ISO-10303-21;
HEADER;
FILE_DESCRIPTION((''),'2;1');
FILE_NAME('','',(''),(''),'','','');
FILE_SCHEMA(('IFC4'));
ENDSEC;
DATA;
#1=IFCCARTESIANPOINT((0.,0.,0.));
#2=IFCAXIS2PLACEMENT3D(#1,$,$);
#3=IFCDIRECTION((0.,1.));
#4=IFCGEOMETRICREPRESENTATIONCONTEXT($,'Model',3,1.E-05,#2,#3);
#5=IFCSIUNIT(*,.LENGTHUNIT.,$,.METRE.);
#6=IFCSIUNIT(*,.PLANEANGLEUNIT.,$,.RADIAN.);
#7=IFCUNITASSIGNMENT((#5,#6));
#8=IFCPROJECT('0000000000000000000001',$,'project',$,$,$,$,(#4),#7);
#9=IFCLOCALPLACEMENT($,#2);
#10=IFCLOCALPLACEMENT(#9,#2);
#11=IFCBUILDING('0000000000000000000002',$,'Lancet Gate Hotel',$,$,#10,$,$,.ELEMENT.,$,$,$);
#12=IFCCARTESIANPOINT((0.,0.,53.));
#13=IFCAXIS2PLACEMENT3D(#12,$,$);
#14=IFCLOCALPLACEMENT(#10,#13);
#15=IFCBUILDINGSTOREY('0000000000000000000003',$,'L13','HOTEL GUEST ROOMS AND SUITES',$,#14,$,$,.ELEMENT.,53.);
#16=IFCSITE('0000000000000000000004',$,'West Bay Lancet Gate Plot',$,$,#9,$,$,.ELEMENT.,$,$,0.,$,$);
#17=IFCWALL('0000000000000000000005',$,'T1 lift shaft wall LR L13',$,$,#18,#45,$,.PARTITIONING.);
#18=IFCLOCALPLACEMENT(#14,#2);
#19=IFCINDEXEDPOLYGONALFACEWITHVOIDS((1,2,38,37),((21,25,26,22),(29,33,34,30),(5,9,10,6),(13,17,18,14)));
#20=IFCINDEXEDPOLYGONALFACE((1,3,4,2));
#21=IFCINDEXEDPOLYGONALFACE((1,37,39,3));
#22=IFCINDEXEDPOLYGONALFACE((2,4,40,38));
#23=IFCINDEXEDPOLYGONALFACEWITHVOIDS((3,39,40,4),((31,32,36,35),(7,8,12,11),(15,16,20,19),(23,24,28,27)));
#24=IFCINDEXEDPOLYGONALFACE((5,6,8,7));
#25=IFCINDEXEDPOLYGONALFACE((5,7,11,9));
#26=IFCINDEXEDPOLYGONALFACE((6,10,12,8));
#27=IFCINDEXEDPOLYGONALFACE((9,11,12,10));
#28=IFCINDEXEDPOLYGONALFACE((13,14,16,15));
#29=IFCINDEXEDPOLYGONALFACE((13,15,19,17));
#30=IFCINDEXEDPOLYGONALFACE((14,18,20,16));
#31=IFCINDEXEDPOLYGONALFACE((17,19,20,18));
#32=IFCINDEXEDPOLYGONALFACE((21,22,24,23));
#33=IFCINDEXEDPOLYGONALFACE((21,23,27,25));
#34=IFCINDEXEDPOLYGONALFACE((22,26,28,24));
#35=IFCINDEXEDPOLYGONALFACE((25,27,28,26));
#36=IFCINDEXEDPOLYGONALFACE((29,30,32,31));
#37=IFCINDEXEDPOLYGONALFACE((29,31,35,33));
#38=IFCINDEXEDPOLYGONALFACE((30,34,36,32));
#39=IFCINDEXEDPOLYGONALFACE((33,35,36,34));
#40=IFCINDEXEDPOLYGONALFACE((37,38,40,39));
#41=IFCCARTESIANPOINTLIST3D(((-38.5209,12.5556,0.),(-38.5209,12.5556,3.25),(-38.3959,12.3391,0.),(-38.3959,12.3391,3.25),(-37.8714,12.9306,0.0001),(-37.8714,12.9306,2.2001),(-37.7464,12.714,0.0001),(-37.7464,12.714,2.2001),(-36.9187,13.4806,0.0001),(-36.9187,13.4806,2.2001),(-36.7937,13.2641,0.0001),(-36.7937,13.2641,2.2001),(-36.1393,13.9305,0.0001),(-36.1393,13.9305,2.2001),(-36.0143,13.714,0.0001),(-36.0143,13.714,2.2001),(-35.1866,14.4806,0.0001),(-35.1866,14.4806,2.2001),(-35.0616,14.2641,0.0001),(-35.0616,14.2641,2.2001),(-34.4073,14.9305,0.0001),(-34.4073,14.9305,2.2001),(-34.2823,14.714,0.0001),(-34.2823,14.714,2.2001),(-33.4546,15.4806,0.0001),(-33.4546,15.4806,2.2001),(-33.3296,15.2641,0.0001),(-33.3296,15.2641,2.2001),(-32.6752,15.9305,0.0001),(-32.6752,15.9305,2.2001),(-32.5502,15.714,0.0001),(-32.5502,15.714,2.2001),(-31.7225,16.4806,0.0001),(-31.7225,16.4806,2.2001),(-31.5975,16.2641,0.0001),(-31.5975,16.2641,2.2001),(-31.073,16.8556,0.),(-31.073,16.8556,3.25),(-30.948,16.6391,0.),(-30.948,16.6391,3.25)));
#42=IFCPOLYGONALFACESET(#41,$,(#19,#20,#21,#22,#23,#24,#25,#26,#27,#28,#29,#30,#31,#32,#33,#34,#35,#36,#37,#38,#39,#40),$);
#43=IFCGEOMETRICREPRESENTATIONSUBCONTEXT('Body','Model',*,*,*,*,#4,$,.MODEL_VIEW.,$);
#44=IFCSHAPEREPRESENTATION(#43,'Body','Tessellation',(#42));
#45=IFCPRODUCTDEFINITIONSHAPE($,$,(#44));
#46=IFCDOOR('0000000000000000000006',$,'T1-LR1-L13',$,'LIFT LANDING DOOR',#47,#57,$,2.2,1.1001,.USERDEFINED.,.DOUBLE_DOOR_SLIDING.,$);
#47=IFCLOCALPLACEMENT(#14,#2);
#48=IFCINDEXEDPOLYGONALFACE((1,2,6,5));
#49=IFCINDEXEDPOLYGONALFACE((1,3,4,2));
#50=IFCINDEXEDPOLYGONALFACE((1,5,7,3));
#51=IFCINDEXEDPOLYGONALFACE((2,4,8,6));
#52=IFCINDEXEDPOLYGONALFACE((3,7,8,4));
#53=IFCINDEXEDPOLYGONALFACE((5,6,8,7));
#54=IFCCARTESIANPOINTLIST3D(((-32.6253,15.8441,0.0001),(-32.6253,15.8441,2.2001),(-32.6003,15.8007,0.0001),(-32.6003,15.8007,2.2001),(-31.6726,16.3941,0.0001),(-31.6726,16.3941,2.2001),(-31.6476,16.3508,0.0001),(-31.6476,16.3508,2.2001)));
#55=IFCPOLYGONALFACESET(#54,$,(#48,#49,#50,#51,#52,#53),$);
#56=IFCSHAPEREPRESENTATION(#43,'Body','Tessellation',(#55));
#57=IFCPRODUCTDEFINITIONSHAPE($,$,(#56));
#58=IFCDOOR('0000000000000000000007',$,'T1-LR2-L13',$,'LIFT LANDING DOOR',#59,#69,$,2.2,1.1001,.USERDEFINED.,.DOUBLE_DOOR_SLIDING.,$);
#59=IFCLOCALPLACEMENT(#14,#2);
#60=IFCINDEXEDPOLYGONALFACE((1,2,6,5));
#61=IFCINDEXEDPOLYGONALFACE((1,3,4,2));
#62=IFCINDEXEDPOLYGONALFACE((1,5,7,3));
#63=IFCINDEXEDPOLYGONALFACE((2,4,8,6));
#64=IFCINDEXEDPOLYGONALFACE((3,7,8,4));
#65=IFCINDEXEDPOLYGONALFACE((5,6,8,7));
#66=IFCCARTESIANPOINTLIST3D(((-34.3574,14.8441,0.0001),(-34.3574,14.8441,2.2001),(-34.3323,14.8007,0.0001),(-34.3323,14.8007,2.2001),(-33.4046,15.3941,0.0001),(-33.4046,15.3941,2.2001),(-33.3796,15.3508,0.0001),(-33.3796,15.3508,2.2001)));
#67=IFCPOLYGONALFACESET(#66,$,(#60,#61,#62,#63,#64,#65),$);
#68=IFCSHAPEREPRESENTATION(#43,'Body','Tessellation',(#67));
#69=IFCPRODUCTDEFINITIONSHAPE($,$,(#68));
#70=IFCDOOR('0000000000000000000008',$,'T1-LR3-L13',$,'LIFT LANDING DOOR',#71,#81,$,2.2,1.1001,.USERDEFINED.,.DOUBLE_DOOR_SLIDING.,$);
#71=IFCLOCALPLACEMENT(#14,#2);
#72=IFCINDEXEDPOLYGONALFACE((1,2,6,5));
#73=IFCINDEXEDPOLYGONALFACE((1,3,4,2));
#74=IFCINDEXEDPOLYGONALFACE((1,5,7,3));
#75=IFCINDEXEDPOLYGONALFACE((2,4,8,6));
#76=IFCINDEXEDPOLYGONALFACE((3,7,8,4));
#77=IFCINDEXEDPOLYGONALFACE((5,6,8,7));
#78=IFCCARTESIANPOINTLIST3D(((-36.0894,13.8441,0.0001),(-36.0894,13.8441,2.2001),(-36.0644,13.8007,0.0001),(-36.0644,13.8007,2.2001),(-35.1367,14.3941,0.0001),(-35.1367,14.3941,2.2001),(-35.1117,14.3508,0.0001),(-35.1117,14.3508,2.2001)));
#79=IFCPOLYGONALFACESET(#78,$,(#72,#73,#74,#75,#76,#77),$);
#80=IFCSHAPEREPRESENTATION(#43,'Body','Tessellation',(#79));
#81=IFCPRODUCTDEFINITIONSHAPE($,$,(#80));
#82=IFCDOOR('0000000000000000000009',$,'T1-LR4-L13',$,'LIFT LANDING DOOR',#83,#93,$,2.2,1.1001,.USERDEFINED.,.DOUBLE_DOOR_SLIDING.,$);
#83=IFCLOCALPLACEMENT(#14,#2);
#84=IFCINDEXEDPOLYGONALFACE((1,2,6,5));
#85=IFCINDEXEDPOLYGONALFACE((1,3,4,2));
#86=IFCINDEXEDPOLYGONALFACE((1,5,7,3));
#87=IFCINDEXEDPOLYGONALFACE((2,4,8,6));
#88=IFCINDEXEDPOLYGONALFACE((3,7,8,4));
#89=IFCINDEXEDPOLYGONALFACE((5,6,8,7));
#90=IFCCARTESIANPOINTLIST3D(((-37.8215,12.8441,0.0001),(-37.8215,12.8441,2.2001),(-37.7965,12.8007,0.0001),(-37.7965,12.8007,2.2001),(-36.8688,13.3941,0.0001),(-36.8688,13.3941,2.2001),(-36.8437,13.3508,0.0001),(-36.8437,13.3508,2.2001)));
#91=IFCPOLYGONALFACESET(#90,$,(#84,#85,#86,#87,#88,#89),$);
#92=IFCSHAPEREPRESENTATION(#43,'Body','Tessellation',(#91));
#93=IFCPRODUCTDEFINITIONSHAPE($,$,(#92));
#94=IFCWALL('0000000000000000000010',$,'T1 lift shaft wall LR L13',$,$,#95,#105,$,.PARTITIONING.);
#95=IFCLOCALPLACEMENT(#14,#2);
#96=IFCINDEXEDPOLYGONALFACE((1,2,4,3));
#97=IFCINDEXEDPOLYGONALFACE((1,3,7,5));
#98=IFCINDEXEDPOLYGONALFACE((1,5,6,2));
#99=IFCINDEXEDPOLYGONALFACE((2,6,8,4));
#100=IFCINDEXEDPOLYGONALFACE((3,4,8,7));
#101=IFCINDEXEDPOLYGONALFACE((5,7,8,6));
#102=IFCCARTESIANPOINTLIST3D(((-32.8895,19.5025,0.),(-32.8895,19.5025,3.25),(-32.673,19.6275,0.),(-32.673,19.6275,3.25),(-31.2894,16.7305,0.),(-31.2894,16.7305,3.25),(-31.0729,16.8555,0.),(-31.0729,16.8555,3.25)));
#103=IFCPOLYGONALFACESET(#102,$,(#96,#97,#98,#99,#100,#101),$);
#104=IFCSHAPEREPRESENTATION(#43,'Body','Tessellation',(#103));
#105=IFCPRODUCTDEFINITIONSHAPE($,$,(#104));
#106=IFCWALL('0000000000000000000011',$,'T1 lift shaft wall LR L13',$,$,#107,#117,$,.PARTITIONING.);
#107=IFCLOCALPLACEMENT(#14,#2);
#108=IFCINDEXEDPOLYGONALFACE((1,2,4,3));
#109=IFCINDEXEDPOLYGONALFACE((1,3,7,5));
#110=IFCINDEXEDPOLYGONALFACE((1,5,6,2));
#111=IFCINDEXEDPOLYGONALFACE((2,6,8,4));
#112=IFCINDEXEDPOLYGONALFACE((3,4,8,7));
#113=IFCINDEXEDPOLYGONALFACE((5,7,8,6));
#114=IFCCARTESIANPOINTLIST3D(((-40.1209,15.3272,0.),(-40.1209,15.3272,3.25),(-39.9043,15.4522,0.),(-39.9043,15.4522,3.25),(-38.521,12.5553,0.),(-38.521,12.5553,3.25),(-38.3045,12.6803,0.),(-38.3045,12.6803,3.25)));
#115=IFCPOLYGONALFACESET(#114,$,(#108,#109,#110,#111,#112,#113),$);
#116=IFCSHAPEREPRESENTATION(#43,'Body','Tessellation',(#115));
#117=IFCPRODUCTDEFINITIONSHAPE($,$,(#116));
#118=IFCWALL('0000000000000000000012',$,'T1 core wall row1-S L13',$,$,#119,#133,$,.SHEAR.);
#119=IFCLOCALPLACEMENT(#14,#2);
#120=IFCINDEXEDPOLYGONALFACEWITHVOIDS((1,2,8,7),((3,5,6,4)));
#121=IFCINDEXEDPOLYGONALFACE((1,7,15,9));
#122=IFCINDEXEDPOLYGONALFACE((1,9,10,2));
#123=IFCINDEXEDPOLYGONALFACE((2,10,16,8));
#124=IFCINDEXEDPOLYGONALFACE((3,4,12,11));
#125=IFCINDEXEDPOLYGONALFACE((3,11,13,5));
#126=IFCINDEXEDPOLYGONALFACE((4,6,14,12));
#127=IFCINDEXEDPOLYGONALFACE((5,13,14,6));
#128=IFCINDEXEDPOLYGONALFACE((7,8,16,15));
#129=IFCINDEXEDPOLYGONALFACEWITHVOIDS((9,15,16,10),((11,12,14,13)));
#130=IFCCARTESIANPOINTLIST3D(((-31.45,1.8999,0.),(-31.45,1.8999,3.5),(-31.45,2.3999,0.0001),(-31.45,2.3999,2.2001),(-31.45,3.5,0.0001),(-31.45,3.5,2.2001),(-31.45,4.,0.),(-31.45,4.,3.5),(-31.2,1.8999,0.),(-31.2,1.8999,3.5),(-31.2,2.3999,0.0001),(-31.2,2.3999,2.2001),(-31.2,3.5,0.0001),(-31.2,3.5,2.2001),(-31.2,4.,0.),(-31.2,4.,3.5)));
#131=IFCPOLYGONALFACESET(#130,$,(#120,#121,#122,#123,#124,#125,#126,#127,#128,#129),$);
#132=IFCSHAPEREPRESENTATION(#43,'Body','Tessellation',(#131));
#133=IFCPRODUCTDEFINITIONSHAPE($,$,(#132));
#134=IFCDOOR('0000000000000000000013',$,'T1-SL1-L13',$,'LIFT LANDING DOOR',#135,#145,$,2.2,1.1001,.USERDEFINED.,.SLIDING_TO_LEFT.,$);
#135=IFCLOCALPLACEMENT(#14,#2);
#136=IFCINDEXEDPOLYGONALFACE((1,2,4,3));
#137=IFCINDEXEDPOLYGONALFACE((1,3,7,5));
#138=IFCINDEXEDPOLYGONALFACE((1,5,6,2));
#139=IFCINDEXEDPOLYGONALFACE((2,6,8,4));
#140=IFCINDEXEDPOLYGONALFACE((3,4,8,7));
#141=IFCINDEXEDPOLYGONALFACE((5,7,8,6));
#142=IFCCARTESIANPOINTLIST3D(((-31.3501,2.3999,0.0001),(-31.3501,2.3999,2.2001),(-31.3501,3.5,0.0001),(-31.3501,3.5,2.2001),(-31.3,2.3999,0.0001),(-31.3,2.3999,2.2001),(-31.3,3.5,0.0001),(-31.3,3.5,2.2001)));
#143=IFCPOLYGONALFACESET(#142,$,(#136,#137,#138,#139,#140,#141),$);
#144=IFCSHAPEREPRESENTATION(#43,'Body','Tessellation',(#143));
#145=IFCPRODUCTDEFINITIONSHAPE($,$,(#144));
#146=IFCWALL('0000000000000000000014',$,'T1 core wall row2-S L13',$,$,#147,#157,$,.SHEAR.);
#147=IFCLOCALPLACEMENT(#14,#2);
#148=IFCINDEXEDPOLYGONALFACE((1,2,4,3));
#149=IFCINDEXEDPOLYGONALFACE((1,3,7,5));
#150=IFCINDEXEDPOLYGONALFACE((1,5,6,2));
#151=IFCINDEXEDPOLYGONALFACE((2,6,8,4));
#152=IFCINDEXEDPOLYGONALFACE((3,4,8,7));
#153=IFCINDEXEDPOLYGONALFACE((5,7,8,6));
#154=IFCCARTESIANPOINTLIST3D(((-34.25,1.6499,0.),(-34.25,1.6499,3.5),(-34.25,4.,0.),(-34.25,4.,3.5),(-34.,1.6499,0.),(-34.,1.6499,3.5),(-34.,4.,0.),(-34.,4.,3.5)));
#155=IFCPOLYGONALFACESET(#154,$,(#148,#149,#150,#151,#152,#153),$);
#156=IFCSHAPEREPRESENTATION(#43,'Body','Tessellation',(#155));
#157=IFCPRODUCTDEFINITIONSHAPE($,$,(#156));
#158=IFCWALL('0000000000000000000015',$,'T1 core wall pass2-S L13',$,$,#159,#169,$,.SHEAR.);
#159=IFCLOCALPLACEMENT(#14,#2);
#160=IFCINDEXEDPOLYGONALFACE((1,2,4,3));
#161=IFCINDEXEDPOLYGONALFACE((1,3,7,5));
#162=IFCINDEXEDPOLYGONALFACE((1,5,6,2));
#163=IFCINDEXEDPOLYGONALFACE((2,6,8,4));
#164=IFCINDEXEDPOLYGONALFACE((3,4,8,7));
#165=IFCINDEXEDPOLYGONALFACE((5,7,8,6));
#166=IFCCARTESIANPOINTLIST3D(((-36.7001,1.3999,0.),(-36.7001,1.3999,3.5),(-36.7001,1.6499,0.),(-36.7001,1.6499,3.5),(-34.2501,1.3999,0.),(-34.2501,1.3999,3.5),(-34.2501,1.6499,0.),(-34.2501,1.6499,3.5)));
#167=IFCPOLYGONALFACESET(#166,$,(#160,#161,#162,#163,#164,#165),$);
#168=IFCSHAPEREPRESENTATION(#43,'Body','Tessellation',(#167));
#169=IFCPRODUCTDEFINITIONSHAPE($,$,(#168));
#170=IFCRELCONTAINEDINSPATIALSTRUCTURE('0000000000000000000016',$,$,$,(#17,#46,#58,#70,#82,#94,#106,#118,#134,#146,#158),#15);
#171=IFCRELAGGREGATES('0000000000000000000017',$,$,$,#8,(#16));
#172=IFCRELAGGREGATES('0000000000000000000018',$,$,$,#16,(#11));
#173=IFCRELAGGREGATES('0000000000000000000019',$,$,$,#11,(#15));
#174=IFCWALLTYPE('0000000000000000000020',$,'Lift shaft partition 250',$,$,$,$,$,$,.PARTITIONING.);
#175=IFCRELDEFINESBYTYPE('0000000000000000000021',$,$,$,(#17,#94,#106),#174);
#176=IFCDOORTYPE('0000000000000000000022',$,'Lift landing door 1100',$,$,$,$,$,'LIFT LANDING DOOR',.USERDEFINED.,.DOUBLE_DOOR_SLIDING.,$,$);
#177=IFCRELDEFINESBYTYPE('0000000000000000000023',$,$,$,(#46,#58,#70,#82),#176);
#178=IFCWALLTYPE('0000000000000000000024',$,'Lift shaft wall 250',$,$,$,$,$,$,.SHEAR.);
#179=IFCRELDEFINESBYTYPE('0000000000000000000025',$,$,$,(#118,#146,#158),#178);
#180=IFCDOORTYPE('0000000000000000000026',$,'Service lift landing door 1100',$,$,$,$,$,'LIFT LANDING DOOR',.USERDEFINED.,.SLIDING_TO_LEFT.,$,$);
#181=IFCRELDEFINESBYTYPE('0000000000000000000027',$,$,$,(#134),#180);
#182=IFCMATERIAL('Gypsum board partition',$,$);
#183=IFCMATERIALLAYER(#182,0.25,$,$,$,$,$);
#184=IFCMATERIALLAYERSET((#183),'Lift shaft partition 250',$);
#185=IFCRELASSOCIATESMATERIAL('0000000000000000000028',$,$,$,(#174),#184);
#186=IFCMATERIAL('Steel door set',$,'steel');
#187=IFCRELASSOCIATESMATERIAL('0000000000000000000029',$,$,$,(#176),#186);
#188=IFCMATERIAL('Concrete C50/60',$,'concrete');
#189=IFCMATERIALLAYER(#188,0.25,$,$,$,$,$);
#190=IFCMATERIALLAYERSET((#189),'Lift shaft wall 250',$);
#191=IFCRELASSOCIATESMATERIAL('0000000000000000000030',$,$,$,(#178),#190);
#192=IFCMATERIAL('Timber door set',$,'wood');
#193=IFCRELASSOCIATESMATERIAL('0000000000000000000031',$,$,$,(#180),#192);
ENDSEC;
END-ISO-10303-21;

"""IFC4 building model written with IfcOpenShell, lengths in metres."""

from ifc_helpers import new_model, si_unit, direction, frame, frame_2d, origin, place, context, subcontext, project, spatial, rectangle, extrude, material, layer, layer_set, type_object, element, fill, save


model = new_model("IFC4")

# Units and contexts
model_context = context("Model", 3, precision=1e-05, world=origin(), true_north=direction((0.0, 1.0)))
body_context = subcontext(model_context, "Body", "Model", "MODEL_VIEW")
ifc_project = project(units=[si_unit("LENGTHUNIT", "METRE"), si_unit("PLANEANGLEUNIT", "RADIAN")], contexts=[model_context])

# Site, building, storey
site_placement = place(None, origin())
site = spatial("IfcSite", under=ifc_project, at=site_placement, Name="West Bay Lancet Gate Plot", CompositionType="ELEMENT", RefElevation=0.0)
building_placement = place(site_placement, origin())
building = spatial("IfcBuilding", under=site, at=building_placement, Name="Lancet Gate Hotel", CompositionType="ELEMENT")
storey_placement = place(building_placement, frame((0.0, 0.0, 53.0)))
storey = spatial("IfcBuildingStorey", under=building, at=storey_placement, Name="L13", Description="HOTEL GUEST ROOMS AND SUITES", CompositionType="ELEMENT", Elevation=53.0)

# Wall, openings, doors
ifc_material_1 = material(Name="Gypsum board partition")
ifc_layer_1 = layer(ifc_material_1, 0.25)
ifc_layer_set_1 = layer_set([ifc_layer_1], Name="Lift shaft partition 250")
wall_type_1 = type_object("IfcWallType", Name="Lift shaft partition 250", PredefinedType="PARTITIONING", material=ifc_layer_set_1)
wall_1_placement = place(storey_placement, frame((-31.0105, 16.7473, 0.0), z_axis=(0.0, 0.0, 1.0), x_axis=(-0.866028, -0.499995, 0.0)))
wall_1 = element("IfcWall", 1, at=wall_1_placement, inside=storey, type_object=wall_type_1, Name="T1 lift shaft wall LR L13", PredefinedType="PARTITIONING", context=body_context, shape_type="SweptSolid", body=[
    extrude(rectangle(XDim=8.6001, YDim=0.25, at=frame_2d((4.3, 0.0))), origin(), (0.0, 0.0, 1.0), 3.25),
])
opening_1_placement = place(wall_1_placement, frame((0.75, 0.0, 0.0)))
opening_1 = element("IfcOpeningElement", 2, at=opening_1_placement, cuts=wall_1, PredefinedType="OPENING", context=body_context, shape_type="SweptSolid", body=[
    extrude(rectangle(XDim=1.1001, YDim=2.2, at=frame_2d((0.55, 1.1001))), frame((0.0, 0.135, 0.0), z_axis=(0.0, -1.0, 0.0), x_axis=(1.0, 0.0, 0.0)), (0.0, 0.0, 1.0), 0.27),
])
opening_2_placement = place(wall_1_placement, frame((2.75, 0.0, 0.0)))
opening_2 = element("IfcOpeningElement", 3, at=opening_2_placement, cuts=wall_1, PredefinedType="OPENING", context=body_context, shape_type="SweptSolid", body=[
    extrude(rectangle(XDim=1.1001, YDim=2.2, at=frame_2d((0.55, 1.1001))), frame((0.0, 0.135, 0.0), z_axis=(0.0, -1.0, 0.0), x_axis=(1.0, 0.0, 0.0)), (0.0, 0.0, 1.0), 0.27),
])
opening_3_placement = place(wall_1_placement, frame((4.75, 0.0, 0.0)))
opening_3 = element("IfcOpeningElement", 4, at=opening_3_placement, cuts=wall_1, PredefinedType="OPENING", context=body_context, shape_type="SweptSolid", body=[
    extrude(rectangle(XDim=1.1001, YDim=2.2, at=frame_2d((0.55, 1.1001))), frame((0.0, 0.135, 0.0), z_axis=(0.0, -1.0, 0.0), x_axis=(1.0, 0.0, 0.0)), (0.0, 0.0, 1.0), 0.27),
])
opening_4_placement = place(wall_1_placement, frame((6.75, 0.0, 0.0)))
opening_4 = element("IfcOpeningElement", 5, at=opening_4_placement, cuts=wall_1, PredefinedType="OPENING", context=body_context, shape_type="SweptSolid", body=[
    extrude(rectangle(XDim=1.1001, YDim=2.2, at=frame_2d((0.55, 1.1001))), frame((0.0, 0.135, 0.0), z_axis=(0.0, -1.0, 0.0), x_axis=(1.0, 0.0, 0.0)), (0.0, 0.0, 1.0), 0.27),
])
ifc_material_2 = material(Name="Steel door set", Category="steel")
door_type_1 = type_object("IfcDoorType", Name="Lift landing door 1100", ElementType="LIFT LANDING DOOR", OperationType="DOUBLE_DOOR_SLIDING", PredefinedType="USERDEFINED", material=ifc_material_2)
door_1_placement = place(opening_1_placement, origin())
door_1 = element("IfcDoor", 6, at=door_1_placement, inside=storey, type_object=door_type_1, Name="T1-LR1-L13", ObjectType="LIFT LANDING DOOR", OperationType="DOUBLE_DOOR_SLIDING", OverallHeight=2.2, OverallWidth=1.1001, PredefinedType="USERDEFINED", context=body_context, shape_type="SweptSolid", body=[
    extrude(rectangle(XDim=1.1001, YDim=2.2, at=frame_2d((0.55, 1.1001))), frame((0.0, 0.0249, 0.0), z_axis=(0.0, -1.0, 0.0), x_axis=(1.0, 0.0, 0.0)), (0.0, 0.0, 1.0), 0.05),
])
fill(opening_1, door_1)
door_2_placement = place(opening_2_placement, origin())
door_2 = element("IfcDoor", 7, at=door_2_placement, inside=storey, type_object=door_type_1, Name="T1-LR2-L13", ObjectType="LIFT LANDING DOOR", OperationType="DOUBLE_DOOR_SLIDING", OverallHeight=2.2, OverallWidth=1.1001, PredefinedType="USERDEFINED", context=body_context, shape_type="SweptSolid", body=[
    extrude(rectangle(XDim=1.1001, YDim=2.2, at=frame_2d((0.55, 1.1001))), frame((0.0, 0.0249, 0.0), z_axis=(0.0, -1.0, 0.0), x_axis=(1.0, 0.0, 0.0)), (0.0, 0.0, 1.0), 0.05),
])
fill(opening_2, door_2)
door_3_placement = place(opening_3_placement, origin())
door_3 = element("IfcDoor", 8, at=door_3_placement, inside=storey, type_object=door_type_1, Name="T1-LR3-L13", ObjectType="LIFT LANDING DOOR", OperationType="DOUBLE_DOOR_SLIDING", OverallHeight=2.2, OverallWidth=1.1001, PredefinedType="USERDEFINED", context=body_context, shape_type="SweptSolid", body=[
    extrude(rectangle(XDim=1.1001, YDim=2.2, at=frame_2d((0.55, 1.1001))), frame((0.0, 0.0249, 0.0), z_axis=(0.0, -1.0, 0.0), x_axis=(1.0, 0.0, 0.0)), (0.0, 0.0, 1.0), 0.05),
])
fill(opening_3, door_3)
door_4_placement = place(opening_4_placement, origin())
door_4 = element("IfcDoor", 9, at=door_4_placement, inside=storey, type_object=door_type_1, Name="T1-LR4-L13", ObjectType="LIFT LANDING DOOR", OperationType="DOUBLE_DOOR_SLIDING", OverallHeight=2.2, OverallWidth=1.1001, PredefinedType="USERDEFINED", context=body_context, shape_type="SweptSolid", body=[
    extrude(rectangle(XDim=1.1001, YDim=2.2, at=frame_2d((0.55, 1.1001))), frame((0.0, 0.0249, 0.0), z_axis=(0.0, -1.0, 0.0), x_axis=(1.0, 0.0, 0.0)), (0.0, 0.0, 1.0), 0.05),
])
fill(opening_4, door_4)

# Walls
wall_2_placement = place(storey_placement, frame((-31.1812, 16.793, 0.0), z_axis=(0.0, 0.0, 1.0), x_axis=(-0.499929, 0.866066, 0.0)))
element("IfcWall", 10, at=wall_2_placement, inside=storey, type_object=wall_type_1, Name="T1 lift shaft wall LR L13", PredefinedType="PARTITIONING", context=body_context, shape_type="SweptSolid", body=[
    extrude(rectangle(XDim=3.2007, YDim=0.25, at=frame_2d((1.6003, 0.0))), origin(), (0.0, 0.0, 1.0), 3.25),
])
wall_3_placement = place(storey_placement, frame((-38.4128, 12.6179, 0.0), z_axis=(0.0, 0.0, 1.0), x_axis=(-0.499872, 0.866099, 0.0)))
element("IfcWall", 11, at=wall_3_placement, inside=storey, type_object=wall_type_1, Name="T1 lift shaft wall LR L13", PredefinedType="PARTITIONING", context=body_context, shape_type="SweptSolid", body=[
    extrude(rectangle(XDim=3.2004, YDim=0.25, at=frame_2d((1.6001, 0.0))), origin(), (0.0, 0.0, 1.0), 3.25),
])

# Wall, opening, door
ifc_material_3 = material(Name="Concrete C50/60", Category="concrete")
ifc_layer_2 = layer(ifc_material_3, 0.25)
ifc_layer_set_2 = layer_set([ifc_layer_2], Name="Lift shaft wall 250")
wall_type_2 = type_object("IfcWallType", Name="Lift shaft wall 250", PredefinedType="SHEAR", material=ifc_layer_set_2)
wall_4_placement = place(storey_placement, frame((-31.325, 4.0, 0.0), z_axis=(0.0, 0.0, 1.0), x_axis=(0.0, -1.0, 0.0)))
wall_4 = element("IfcWall", 12, at=wall_4_placement, inside=storey, type_object=wall_type_2, Name="T1 core wall row1-S L13", PredefinedType="SHEAR", context=body_context, shape_type="SweptSolid", body=[
    extrude(rectangle(XDim=2.1001, YDim=0.25, at=frame_2d((1.05, 0.0))), origin(), (0.0, 0.0, 1.0), 3.5),
])
opening_5_placement = place(wall_4_placement, frame((0.5, 0.0, 0.0)))
opening_5 = element("IfcOpeningElement", 13, at=opening_5_placement, cuts=wall_4, PredefinedType="OPENING", context=body_context, shape_type="SweptSolid", body=[
    extrude(rectangle(XDim=1.1001, YDim=2.2, at=frame_2d((0.55, 1.1001))), frame((0.0, 0.135, 0.0), z_axis=(0.0, -1.0, 0.0), x_axis=(1.0, 0.0, 0.0)), (0.0, 0.0, 1.0), 0.27),
])
ifc_material_4 = material(Name="Timber door set", Category="wood")
door_type_2 = type_object("IfcDoorType", Name="Service lift landing door 1100", ElementType="LIFT LANDING DOOR", OperationType="SLIDING_TO_LEFT", PredefinedType="USERDEFINED", material=ifc_material_4)
door_5_placement = place(opening_5_placement, origin())
door_5 = element("IfcDoor", 14, at=door_5_placement, inside=storey, type_object=door_type_2, Name="T1-SL1-L13", ObjectType="LIFT LANDING DOOR", OperationType="SLIDING_TO_LEFT", OverallHeight=2.2, OverallWidth=1.1001, PredefinedType="USERDEFINED", context=body_context, shape_type="SweptSolid", body=[
    extrude(rectangle(XDim=1.1001, YDim=2.2, at=frame_2d((0.55, 1.1001))), frame((0.0, 0.0249, 0.0), z_axis=(0.0, -1.0, 0.0), x_axis=(1.0, 0.0, 0.0)), (0.0, 0.0, 1.0), 0.05),
])
fill(opening_5, door_5)

# Walls
wall_5_placement = place(storey_placement, frame((-34.125, 4.0, 0.0), z_axis=(0.0, 0.0, 1.0), x_axis=(0.0, -1.0, 0.0)))
element("IfcWall", 15, at=wall_5_placement, inside=storey, type_object=wall_type_2, Name="T1 core wall row2-S L13", PredefinedType="SHEAR", context=body_context, shape_type="SweptSolid", body=[
    extrude(rectangle(XDim=2.3501, YDim=0.25, at=frame_2d((1.175, 0.0))), origin(), (0.0, 0.0, 1.0), 3.5),
])
wall_6_placement = place(storey_placement, frame((-34.25, 1.5249, 0.0), z_axis=(0.0, 0.0, 1.0), x_axis=(-1.0, 0.0, 0.0)))
element("IfcWall", 16, at=wall_6_placement, inside=storey, type_object=wall_type_2, Name="T1 core wall pass2-S L13", PredefinedType="SHEAR", context=body_context, shape_type="SweptSolid", body=[
    extrude(rectangle(XDim=2.45, YDim=0.25, at=frame_2d((1.2251, 0.0))), origin(), (0.0, 0.0, 1.0), 3.5),
])

save(model, "model.ifc")
